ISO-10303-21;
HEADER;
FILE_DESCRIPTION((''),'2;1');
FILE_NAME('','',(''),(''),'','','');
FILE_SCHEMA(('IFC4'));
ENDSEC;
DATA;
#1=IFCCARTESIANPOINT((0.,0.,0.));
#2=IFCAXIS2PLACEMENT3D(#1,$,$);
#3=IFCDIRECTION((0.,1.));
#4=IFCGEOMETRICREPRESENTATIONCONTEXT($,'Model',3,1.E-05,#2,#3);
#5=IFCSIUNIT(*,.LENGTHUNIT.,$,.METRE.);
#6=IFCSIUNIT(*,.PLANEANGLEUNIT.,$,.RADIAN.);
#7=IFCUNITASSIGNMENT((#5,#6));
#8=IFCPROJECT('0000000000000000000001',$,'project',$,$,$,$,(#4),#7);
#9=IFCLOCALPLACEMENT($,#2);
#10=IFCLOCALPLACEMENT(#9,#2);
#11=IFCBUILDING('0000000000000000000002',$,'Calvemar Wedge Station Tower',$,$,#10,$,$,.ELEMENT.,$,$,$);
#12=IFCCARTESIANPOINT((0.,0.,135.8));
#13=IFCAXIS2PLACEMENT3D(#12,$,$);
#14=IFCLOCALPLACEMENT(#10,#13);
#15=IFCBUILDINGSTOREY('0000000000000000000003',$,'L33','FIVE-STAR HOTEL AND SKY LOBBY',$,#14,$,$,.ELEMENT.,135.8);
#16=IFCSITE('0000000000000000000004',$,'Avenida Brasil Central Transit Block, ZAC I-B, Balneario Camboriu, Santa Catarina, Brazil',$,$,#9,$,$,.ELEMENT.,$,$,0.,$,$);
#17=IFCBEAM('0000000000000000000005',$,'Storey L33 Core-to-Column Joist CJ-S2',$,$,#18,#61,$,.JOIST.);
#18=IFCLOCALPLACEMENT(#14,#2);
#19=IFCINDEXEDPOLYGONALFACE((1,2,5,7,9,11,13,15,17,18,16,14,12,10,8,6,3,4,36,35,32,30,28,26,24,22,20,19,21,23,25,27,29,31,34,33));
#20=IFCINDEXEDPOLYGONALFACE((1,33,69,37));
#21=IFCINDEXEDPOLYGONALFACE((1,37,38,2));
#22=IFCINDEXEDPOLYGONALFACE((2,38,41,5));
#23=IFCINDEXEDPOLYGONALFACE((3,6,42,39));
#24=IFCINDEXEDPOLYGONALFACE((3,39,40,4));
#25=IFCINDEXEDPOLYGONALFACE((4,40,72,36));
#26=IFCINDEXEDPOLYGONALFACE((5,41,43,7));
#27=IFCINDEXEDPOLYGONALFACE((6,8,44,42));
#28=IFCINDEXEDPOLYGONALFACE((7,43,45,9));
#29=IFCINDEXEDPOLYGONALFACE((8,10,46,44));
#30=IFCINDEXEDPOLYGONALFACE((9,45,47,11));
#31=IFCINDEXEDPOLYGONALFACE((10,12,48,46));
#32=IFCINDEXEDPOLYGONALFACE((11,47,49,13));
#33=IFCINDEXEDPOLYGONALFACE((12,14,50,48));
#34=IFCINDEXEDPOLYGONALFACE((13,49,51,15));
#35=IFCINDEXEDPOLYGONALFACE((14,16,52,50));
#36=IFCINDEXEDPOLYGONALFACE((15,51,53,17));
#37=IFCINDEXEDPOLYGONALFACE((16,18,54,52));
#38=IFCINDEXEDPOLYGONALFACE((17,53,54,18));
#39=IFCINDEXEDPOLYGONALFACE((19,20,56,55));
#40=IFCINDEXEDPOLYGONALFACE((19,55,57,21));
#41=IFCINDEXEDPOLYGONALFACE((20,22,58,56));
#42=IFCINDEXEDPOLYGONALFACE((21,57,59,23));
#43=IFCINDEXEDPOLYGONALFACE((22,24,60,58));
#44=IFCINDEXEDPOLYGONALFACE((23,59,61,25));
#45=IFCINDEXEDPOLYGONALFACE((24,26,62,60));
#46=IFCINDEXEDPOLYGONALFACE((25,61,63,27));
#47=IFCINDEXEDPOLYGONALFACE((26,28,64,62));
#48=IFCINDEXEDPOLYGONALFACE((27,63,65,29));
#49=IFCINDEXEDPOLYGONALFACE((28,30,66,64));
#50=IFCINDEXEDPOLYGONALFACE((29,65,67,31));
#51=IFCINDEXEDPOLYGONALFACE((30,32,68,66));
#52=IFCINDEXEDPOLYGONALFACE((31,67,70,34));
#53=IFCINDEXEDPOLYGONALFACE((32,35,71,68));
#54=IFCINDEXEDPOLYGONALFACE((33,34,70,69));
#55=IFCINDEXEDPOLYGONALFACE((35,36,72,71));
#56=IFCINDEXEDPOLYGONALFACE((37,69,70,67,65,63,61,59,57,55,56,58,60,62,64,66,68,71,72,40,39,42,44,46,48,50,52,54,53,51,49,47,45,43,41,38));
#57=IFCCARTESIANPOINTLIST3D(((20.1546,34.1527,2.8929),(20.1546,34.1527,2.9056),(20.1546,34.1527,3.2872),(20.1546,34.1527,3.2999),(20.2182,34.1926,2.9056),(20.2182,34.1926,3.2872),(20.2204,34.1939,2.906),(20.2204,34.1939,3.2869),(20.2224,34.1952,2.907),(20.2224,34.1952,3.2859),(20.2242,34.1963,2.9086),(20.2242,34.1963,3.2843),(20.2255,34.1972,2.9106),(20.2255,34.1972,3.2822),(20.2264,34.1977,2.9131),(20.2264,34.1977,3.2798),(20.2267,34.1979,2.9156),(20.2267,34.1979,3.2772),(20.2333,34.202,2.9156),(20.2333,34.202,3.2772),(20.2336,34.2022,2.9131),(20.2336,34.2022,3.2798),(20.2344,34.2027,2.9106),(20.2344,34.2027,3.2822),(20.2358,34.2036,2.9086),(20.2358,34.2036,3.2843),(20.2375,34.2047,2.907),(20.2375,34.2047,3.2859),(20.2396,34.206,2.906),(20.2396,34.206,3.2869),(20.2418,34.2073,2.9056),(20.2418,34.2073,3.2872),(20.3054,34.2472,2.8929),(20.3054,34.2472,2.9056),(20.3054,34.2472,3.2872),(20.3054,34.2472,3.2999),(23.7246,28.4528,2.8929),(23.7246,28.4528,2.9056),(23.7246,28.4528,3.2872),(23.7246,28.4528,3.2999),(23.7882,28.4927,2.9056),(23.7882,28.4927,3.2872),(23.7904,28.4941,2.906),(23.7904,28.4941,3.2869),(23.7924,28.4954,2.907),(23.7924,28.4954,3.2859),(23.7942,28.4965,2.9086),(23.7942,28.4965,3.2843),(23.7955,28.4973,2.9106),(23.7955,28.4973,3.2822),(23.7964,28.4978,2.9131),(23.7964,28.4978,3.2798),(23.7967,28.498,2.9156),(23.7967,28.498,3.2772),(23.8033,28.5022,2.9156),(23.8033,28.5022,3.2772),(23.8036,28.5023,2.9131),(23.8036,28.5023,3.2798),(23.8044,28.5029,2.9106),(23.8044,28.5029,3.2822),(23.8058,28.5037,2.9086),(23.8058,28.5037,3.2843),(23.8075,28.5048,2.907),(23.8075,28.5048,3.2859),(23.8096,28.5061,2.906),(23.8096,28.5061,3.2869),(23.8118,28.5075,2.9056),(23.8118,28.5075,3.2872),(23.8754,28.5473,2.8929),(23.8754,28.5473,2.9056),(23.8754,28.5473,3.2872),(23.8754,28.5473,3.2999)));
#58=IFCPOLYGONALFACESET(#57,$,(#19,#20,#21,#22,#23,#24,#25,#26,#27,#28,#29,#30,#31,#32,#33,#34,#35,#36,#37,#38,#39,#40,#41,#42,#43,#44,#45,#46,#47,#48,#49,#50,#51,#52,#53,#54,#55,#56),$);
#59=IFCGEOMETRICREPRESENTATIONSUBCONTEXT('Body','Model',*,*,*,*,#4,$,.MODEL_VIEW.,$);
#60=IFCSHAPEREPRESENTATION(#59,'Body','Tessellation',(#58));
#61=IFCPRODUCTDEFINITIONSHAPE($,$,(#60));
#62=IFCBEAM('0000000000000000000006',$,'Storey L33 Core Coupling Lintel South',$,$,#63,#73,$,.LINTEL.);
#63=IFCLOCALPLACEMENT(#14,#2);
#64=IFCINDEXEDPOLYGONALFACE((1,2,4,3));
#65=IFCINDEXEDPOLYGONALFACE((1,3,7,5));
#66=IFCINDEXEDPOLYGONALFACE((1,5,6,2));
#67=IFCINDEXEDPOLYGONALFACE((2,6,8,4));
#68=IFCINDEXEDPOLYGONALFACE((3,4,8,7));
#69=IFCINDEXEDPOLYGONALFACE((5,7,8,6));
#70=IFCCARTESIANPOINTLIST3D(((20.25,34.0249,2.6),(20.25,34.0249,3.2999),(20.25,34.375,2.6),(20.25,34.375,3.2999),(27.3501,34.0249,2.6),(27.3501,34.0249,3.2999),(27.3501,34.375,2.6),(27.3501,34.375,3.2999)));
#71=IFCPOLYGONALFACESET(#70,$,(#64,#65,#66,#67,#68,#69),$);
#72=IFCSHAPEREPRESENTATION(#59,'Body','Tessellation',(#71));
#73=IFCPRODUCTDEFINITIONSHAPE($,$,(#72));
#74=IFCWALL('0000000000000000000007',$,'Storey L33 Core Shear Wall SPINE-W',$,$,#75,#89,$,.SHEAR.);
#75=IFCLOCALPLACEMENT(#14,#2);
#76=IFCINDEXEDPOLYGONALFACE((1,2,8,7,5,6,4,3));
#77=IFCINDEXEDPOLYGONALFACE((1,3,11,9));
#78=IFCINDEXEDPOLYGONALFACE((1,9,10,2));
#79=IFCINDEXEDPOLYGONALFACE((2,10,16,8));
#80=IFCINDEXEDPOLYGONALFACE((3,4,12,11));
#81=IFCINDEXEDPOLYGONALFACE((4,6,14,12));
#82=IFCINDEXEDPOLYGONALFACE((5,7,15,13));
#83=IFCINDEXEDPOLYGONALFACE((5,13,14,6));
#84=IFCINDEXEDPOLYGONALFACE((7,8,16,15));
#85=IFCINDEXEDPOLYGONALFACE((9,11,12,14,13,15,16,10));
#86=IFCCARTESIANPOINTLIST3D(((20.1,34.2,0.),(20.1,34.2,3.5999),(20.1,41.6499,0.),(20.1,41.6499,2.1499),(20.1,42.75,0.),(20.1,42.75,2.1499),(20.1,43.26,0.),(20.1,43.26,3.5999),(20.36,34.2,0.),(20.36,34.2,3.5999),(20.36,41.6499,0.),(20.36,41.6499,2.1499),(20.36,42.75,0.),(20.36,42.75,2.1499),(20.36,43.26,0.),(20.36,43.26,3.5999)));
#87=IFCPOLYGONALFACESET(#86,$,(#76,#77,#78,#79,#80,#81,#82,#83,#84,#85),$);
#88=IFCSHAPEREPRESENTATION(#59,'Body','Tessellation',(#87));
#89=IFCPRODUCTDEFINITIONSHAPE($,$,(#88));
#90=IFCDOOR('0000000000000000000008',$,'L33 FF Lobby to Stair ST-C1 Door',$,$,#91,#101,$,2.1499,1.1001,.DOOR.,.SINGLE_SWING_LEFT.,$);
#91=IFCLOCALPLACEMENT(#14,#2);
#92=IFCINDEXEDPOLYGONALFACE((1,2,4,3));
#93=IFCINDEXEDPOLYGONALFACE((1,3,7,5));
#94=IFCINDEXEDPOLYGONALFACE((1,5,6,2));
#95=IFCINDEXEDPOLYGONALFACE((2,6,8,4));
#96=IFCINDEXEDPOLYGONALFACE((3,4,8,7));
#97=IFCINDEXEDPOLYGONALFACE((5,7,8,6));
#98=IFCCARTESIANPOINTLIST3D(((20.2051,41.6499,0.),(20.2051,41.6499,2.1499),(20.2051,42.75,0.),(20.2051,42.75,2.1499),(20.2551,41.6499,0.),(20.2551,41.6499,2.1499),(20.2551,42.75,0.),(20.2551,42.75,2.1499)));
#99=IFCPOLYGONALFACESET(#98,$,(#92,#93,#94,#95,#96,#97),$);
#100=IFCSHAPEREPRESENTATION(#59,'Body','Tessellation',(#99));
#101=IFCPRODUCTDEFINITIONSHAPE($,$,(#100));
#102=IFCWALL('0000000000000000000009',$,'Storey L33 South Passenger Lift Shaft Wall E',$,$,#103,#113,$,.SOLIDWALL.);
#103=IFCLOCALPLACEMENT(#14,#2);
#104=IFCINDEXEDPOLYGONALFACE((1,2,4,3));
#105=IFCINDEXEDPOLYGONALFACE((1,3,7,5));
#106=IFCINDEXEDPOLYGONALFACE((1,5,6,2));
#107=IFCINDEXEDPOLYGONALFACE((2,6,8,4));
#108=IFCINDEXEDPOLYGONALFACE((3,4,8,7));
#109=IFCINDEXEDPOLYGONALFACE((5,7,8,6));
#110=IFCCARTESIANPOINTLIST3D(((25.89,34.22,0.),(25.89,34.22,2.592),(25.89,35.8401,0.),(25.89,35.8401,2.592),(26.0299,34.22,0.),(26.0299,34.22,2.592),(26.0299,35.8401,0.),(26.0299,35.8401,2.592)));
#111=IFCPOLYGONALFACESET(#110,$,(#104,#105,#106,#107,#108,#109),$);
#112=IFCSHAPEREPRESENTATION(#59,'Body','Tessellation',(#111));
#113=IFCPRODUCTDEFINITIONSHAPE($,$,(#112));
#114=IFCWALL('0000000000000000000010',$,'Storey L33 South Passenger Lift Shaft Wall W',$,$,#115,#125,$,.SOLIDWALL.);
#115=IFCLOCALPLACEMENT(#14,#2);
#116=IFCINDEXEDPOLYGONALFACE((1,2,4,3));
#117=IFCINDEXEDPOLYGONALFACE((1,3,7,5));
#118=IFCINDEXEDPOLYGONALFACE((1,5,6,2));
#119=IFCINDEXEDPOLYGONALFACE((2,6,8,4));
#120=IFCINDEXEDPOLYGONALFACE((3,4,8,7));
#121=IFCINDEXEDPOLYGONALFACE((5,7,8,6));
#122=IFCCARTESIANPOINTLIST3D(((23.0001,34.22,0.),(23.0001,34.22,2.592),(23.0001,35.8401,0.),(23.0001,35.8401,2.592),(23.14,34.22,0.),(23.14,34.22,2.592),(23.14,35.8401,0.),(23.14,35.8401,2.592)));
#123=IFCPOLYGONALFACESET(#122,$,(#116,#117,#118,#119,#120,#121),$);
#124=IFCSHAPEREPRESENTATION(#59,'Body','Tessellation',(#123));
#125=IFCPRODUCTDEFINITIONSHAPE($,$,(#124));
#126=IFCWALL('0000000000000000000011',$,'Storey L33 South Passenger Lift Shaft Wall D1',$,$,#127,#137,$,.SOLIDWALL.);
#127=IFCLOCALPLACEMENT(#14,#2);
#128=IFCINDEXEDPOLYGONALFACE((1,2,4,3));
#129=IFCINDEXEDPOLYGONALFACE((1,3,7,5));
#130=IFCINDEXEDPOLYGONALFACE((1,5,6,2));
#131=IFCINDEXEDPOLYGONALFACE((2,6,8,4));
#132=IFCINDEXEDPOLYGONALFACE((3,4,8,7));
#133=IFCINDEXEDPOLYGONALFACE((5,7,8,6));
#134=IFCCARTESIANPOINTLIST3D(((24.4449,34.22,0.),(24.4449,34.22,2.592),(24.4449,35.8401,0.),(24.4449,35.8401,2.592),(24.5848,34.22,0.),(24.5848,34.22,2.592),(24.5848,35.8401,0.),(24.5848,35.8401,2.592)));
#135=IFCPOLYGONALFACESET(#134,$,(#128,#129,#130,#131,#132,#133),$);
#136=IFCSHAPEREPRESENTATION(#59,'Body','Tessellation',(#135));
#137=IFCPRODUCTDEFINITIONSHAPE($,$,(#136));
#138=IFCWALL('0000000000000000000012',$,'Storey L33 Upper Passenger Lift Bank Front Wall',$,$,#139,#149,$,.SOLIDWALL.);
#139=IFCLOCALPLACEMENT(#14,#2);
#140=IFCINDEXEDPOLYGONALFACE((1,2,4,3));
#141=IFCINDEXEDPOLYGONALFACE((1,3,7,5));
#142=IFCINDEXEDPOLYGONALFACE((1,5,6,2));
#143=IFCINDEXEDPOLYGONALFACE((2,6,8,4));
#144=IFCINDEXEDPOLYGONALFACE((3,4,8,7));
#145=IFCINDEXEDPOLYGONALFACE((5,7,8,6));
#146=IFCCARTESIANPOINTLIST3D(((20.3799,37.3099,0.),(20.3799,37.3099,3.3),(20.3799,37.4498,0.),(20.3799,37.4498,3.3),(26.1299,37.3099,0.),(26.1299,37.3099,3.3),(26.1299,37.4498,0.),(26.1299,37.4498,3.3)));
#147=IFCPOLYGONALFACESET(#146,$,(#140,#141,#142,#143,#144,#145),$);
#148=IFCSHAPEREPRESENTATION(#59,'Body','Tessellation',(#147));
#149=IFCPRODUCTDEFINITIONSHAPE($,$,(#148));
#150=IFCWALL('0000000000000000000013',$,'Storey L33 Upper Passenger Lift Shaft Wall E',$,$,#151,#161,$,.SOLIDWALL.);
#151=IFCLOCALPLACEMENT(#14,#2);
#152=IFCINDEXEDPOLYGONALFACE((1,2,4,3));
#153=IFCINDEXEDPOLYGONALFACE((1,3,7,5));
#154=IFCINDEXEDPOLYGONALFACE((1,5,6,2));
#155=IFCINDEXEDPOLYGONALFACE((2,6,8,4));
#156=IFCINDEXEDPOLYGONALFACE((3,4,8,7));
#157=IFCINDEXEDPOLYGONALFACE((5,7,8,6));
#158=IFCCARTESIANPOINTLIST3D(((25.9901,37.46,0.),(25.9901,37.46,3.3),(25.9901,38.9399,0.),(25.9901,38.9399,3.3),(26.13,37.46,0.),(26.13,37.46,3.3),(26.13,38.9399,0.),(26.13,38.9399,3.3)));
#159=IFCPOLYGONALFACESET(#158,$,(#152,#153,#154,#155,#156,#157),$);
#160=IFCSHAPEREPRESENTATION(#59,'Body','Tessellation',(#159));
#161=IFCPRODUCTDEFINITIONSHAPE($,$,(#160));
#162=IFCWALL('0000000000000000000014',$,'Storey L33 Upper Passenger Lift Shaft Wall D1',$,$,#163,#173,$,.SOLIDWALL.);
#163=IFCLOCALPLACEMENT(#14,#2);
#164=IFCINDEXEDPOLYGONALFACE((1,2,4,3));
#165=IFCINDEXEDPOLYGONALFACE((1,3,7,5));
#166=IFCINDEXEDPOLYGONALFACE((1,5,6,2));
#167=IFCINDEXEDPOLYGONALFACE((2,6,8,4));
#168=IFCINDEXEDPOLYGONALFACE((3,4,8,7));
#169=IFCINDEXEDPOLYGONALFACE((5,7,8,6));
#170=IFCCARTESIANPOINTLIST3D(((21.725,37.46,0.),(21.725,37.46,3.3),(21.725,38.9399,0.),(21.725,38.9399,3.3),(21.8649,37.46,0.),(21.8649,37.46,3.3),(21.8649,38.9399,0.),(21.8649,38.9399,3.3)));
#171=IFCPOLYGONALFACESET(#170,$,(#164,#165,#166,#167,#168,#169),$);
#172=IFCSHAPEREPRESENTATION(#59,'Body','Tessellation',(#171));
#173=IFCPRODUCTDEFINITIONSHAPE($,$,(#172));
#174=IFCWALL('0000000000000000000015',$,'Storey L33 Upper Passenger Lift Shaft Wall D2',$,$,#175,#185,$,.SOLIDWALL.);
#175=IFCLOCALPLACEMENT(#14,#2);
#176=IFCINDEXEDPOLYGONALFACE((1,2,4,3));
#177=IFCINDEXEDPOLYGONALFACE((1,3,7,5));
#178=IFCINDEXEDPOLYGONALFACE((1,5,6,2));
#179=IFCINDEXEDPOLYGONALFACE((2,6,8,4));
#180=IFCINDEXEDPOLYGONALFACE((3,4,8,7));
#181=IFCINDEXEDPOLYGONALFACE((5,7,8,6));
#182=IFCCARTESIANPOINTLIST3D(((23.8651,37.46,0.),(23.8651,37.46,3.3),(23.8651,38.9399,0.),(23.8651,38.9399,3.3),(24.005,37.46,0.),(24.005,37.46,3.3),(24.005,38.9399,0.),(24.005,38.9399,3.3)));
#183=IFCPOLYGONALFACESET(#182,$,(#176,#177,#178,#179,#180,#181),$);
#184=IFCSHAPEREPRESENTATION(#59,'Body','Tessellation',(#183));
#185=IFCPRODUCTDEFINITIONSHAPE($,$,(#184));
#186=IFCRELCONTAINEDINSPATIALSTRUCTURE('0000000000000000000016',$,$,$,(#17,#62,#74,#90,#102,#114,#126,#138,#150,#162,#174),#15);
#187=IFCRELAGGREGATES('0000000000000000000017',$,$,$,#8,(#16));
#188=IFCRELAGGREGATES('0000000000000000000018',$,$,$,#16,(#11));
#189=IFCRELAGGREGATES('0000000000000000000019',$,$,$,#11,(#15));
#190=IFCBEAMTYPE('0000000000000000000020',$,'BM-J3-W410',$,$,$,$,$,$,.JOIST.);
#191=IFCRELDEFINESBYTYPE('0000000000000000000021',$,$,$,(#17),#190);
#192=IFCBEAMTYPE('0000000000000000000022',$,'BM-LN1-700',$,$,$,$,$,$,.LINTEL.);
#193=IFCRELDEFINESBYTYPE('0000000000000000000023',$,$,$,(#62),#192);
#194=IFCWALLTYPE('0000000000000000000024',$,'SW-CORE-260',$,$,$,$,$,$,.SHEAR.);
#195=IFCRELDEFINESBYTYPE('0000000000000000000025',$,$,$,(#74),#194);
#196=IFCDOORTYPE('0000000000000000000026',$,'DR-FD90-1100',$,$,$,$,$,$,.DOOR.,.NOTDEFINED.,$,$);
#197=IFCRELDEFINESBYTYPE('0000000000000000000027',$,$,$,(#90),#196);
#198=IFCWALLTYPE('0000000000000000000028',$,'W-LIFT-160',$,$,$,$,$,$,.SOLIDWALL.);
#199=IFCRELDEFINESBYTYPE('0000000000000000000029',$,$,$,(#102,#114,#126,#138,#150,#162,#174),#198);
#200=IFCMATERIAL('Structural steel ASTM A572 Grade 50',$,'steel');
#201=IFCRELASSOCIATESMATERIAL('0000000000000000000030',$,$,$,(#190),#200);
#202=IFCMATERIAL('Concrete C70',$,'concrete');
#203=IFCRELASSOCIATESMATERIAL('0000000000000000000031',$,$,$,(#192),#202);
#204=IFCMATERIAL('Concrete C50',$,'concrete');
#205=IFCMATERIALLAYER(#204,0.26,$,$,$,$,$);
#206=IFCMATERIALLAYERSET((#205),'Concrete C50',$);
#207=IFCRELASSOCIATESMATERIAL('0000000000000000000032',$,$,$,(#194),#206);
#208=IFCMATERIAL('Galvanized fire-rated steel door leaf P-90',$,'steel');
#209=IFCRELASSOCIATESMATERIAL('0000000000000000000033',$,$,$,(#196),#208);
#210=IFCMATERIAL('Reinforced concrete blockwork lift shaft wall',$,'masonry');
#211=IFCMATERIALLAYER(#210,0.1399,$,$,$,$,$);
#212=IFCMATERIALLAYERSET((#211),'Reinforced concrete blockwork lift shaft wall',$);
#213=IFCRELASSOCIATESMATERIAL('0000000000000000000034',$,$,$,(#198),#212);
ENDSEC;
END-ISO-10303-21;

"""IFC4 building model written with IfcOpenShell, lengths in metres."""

from ifc_helpers import new_model, si_unit, direction, frame, frame_2d, origin, origin_2d, place, context, subcontext, project, spatial, rectangle, i_section, extrude, source, transform, mapped, material, layer, layer_set, material_profile, profile_set, type_object, element, fill, save


model = new_model("IFC4")

# Units and contexts
model_context = context("Model", 3, precision=1e-05, world=origin(), true_north=direction((0.0, 1.0)))
body_context = subcontext(model_context, "Body", "Model", "MODEL_VIEW")
ifc_project = project(units=[si_unit("LENGTHUNIT", "METRE"), si_unit("PLANEANGLEUNIT", "RADIAN")], contexts=[model_context])

# Site, building, storey
site_placement = place(None, origin())
site = spatial("IfcSite", under=ifc_project, at=site_placement, Name="Avenida Brasil Central Transit Block, ZAC I-B, Balneario Camboriu, Santa Catarina, Brazil", CompositionType="ELEMENT", RefElevation=0.0)
building_placement = place(site_placement, origin())
building = spatial("IfcBuilding", under=site, at=building_placement, Name="Calvemar Wedge Station Tower", CompositionType="ELEMENT")
storey_placement = place(building_placement, frame((0.0, 0.0, 135.8)))
storey = spatial("IfcBuildingStorey", under=building, at=storey_placement, Name="L33", Description="FIVE-STAR HOTEL AND SKY LOBBY", CompositionType="ELEMENT", Elevation=135.8)

# Beams
ifc_material_1 = material(Name="Structural steel ASTM A572 Grade 50", Category="steel")
ifc_material_profile_1 = material_profile(ifc_material_1, i_section(OverallWidth=0.178, OverallDepth=0.407, WebThickness=0.0078, FlangeThickness=0.0127, FilletRadius=0.01, at=origin_2d()), Name="W410x60")
ifc_profile_set_1 = profile_set([ifc_material_profile_1], Name="Structural steel ASTM A572 Grade 50")
beam_type_1 = type_object("IfcBeamType", Name="BM-J3-W410", PredefinedType="JOIST", material=ifc_profile_set_1)
shared_shape_1 = source(origin(), body_context, "Body", "SweptSolid", [
    extrude(i_section(OverallWidth=0.178, OverallDepth=0.407, WebThickness=0.0078, FlangeThickness=0.0127, FilletRadius=0.01, at=origin_2d()), origin(), (0.0, 0.0, 1.0), 6.7256),
])
beam_1_placement = place(storey_placement, frame((20.23, 34.2, 3.0964), z_axis=(0.530811, -0.84749, 0.0), x_axis=(0.84749, 0.530811, 0.0)))
element("IfcBeam", 1, at=beam_1_placement, inside=storey, type_object=beam_type_1, Name="Storey L33 Core-to-Column Joist CJ-S2", PredefinedType="JOIST", context=body_context, shape_type="MappedRepresentation", body=[
    mapped(shared_shape_1, transform((0.0, 0.0, 0.0), scale=1.0)),
])
ifc_material_2 = material(Name="Concrete C70", Category="concrete")
ifc_material_profile_2 = material_profile(ifc_material_2, rectangle(XDim=0.3501, YDim=0.7, at=origin_2d()), Name="RC350x700")
ifc_profile_set_2 = profile_set([ifc_material_profile_2], Name="Concrete C70")
beam_type_2 = type_object("IfcBeamType", Name="BM-LN1-700", PredefinedType="LINTEL", material=ifc_profile_set_2)
shared_shape_2 = source(origin(), body_context, "Body", "SweptSolid", [
    extrude(rectangle(XDim=0.3501, YDim=0.7, at=origin_2d()), origin(), (0.0, 0.0, 1.0), 7.1001),
])
beam_2_placement = place(storey_placement, frame((20.25, 34.2, 2.95), z_axis=(1.0, 0.0, 0.0), x_axis=(0.0, 1.0, 0.0)))
element("IfcBeam", 2, at=beam_2_placement, inside=storey, type_object=beam_type_2, Name="Storey L33 Core Coupling Lintel South", PredefinedType="LINTEL", context=body_context, shape_type="MappedRepresentation", body=[
    mapped(shared_shape_2, transform((0.0, 0.0, 0.0), scale=1.0)),
])

# Wall, opening, door
ifc_material_3 = material(Name="Concrete C50", Category="concrete")
ifc_layer_1 = layer(ifc_material_3, 0.26)
ifc_layer_set_1 = layer_set([ifc_layer_1], Name="Concrete C50")
wall_type_1 = type_object("IfcWallType", Name="SW-CORE-260", PredefinedType="SHEAR", material=ifc_layer_set_1)
wall_1_placement = place(storey_placement, frame((20.23, 34.2, 0.0), z_axis=(0.0, 0.0, 1.0), x_axis=(0.0, 1.0, 0.0)))
wall_1 = element("IfcWall", 3, at=wall_1_placement, inside=storey, type_object=wall_type_1, Name="Storey L33 Core Shear Wall SPINE-W", PredefinedType="SHEAR", context=body_context, shape_type="SweptSolid", body=[
    extrude(rectangle(XDim=9.0601, YDim=0.26, at=frame_2d((4.53, 0.0))), origin(), (0.0, 0.0, 1.0), 3.5999),
])
shared_shape_3 = source(origin(), body_context, "Body", "SweptSolid", [
    extrude(rectangle(XDim=1.1001, YDim=2.1499, at=frame_2d((0.55, 1.075))), frame((0.0, 0.1401, 0.0), z_axis=(0.0, -1.0, 0.0), x_axis=(1.0, 0.0, 0.0)), (0.0, 0.0, 1.0), 0.28),
])
opening_1_placement = place(wall_1_placement, frame((7.45, 0.0, 0.0)))
opening_1 = element("IfcOpeningElement", 4, at=opening_1_placement, cuts=wall_1, PredefinedType="OPENING", context=body_context, shape_type="MappedRepresentation", body=[
    mapped(shared_shape_3, transform((0.0, 0.0, 0.0), scale=1.0)),
])
ifc_material_4 = material(Name="Galvanized fire-rated steel door leaf P-90", Category="steel")
door_type_1 = type_object("IfcDoorType", Name="DR-FD90-1100", OperationType="NOTDEFINED", PredefinedType="DOOR", material=ifc_material_4)
shared_shape_4 = source(origin(), body_context, "Body", "SweptSolid", [
    extrude(rectangle(XDim=1.1001, YDim=2.1499, at=frame_2d((0.55, 1.075))), frame((0.0, 0.0249, 0.0), z_axis=(0.0, -1.0, 0.0), x_axis=(1.0, 0.0, 0.0)), (0.0, 0.0, 1.0), 0.05),
])
door_1_placement = place(opening_1_placement, origin())
door_1 = element("IfcDoor", 5, at=door_1_placement, inside=storey, type_object=door_type_1, Name="L33 FF Lobby to Stair ST-C1 Door", OperationType="SINGLE_SWING_LEFT", OverallHeight=2.1499, OverallWidth=1.1001, PredefinedType="DOOR", context=body_context, shape_type="MappedRepresentation", body=[
    mapped(shared_shape_4, transform((0.0, 0.0, 0.0), scale=1.0)),
])
fill(opening_1, door_1)

# Shared definitions
ifc_material_5 = material(Name="Reinforced concrete blockwork lift shaft wall", Category="masonry")
ifc_layer_2 = layer(ifc_material_5, 0.1399)
ifc_layer_set_2 = layer_set([ifc_layer_2], Name="Reinforced concrete blockwork lift shaft wall")
wall_type_2 = type_object("IfcWallType", Name="W-LIFT-160", PredefinedType="SOLIDWALL", material=ifc_layer_set_2)

# Walls
for number, where, z_axis, x_axis, name in (
    (6, (25.96, 34.22, 0.0), (0.0, 0.0, 1.0), (0.0, 1.0, 0.0), "Storey L33 South Passenger Lift Shaft Wall E"),
    (7, (23.0701, 34.22, 0.0), (0.0, 0.0, 1.0), (0.0, 1.0, 0.0), "Storey L33 South Passenger Lift Shaft Wall W"),
    (8, (24.5149, 34.22, 0.0), (0.0, 0.0, 1.0), (0.0, 1.0, 0.0), "Storey L33 South Passenger Lift Shaft Wall D1"),
):
    element("IfcWall", number, at=place(storey_placement, frame(where, z_axis=z_axis, x_axis=x_axis)), inside=storey, type_object=wall_type_2, Name=name, PredefinedType="SOLIDWALL", context=body_context, shape_type="SweptSolid", body=[
        extrude(rectangle(XDim=1.6201, YDim=0.1399, at=frame_2d((0.8101, 0.0))), origin(), (0.0, 0.0, 1.0), 2.592),
    ])
wall_2_placement = place(storey_placement, frame((20.3799, 37.3799, 0.0), z_axis=(0.0, 0.0, 1.0), x_axis=(1.0, 0.0, 0.0)))
element("IfcWall", 9, at=wall_2_placement, inside=storey, type_object=wall_type_2, Name="Storey L33 Upper Passenger Lift Bank Front Wall", PredefinedType="SOLIDWALL", context=body_context, shape_type="SweptSolid", body=[
    extrude(rectangle(XDim=5.75, YDim=0.1399, at=frame_2d((2.875, 0.0))), origin(), (0.0, 0.0, 1.0), 3.3),
])
for number, where, z_axis, x_axis, name in (
    (10, (26.0601, 37.46, 0.0), (0.0, 0.0, 1.0), (0.0, 1.0, 0.0), "Storey L33 Upper Passenger Lift Shaft Wall E"),
    (11, (21.7949, 37.46, 0.0), (0.0, 0.0, 1.0), (0.0, 1.0, 0.0), "Storey L33 Upper Passenger Lift Shaft Wall D1"),
    (12, (23.9351, 37.46, 0.0), (0.0, 0.0, 1.0), (0.0, 1.0, 0.0), "Storey L33 Upper Passenger Lift Shaft Wall D2"),
):
    element("IfcWall", number, at=place(storey_placement, frame(where, z_axis=z_axis, x_axis=x_axis)), inside=storey, type_object=wall_type_2, Name=name, PredefinedType="SOLIDWALL", context=body_context, shape_type="SweptSolid", body=[
        extrude(rectangle(XDim=1.48, YDim=0.1399, at=frame_2d((0.74, 0.0))), origin(), (0.0, 0.0, 1.0), 3.3),
    ])

save(model, "model.ifc")
